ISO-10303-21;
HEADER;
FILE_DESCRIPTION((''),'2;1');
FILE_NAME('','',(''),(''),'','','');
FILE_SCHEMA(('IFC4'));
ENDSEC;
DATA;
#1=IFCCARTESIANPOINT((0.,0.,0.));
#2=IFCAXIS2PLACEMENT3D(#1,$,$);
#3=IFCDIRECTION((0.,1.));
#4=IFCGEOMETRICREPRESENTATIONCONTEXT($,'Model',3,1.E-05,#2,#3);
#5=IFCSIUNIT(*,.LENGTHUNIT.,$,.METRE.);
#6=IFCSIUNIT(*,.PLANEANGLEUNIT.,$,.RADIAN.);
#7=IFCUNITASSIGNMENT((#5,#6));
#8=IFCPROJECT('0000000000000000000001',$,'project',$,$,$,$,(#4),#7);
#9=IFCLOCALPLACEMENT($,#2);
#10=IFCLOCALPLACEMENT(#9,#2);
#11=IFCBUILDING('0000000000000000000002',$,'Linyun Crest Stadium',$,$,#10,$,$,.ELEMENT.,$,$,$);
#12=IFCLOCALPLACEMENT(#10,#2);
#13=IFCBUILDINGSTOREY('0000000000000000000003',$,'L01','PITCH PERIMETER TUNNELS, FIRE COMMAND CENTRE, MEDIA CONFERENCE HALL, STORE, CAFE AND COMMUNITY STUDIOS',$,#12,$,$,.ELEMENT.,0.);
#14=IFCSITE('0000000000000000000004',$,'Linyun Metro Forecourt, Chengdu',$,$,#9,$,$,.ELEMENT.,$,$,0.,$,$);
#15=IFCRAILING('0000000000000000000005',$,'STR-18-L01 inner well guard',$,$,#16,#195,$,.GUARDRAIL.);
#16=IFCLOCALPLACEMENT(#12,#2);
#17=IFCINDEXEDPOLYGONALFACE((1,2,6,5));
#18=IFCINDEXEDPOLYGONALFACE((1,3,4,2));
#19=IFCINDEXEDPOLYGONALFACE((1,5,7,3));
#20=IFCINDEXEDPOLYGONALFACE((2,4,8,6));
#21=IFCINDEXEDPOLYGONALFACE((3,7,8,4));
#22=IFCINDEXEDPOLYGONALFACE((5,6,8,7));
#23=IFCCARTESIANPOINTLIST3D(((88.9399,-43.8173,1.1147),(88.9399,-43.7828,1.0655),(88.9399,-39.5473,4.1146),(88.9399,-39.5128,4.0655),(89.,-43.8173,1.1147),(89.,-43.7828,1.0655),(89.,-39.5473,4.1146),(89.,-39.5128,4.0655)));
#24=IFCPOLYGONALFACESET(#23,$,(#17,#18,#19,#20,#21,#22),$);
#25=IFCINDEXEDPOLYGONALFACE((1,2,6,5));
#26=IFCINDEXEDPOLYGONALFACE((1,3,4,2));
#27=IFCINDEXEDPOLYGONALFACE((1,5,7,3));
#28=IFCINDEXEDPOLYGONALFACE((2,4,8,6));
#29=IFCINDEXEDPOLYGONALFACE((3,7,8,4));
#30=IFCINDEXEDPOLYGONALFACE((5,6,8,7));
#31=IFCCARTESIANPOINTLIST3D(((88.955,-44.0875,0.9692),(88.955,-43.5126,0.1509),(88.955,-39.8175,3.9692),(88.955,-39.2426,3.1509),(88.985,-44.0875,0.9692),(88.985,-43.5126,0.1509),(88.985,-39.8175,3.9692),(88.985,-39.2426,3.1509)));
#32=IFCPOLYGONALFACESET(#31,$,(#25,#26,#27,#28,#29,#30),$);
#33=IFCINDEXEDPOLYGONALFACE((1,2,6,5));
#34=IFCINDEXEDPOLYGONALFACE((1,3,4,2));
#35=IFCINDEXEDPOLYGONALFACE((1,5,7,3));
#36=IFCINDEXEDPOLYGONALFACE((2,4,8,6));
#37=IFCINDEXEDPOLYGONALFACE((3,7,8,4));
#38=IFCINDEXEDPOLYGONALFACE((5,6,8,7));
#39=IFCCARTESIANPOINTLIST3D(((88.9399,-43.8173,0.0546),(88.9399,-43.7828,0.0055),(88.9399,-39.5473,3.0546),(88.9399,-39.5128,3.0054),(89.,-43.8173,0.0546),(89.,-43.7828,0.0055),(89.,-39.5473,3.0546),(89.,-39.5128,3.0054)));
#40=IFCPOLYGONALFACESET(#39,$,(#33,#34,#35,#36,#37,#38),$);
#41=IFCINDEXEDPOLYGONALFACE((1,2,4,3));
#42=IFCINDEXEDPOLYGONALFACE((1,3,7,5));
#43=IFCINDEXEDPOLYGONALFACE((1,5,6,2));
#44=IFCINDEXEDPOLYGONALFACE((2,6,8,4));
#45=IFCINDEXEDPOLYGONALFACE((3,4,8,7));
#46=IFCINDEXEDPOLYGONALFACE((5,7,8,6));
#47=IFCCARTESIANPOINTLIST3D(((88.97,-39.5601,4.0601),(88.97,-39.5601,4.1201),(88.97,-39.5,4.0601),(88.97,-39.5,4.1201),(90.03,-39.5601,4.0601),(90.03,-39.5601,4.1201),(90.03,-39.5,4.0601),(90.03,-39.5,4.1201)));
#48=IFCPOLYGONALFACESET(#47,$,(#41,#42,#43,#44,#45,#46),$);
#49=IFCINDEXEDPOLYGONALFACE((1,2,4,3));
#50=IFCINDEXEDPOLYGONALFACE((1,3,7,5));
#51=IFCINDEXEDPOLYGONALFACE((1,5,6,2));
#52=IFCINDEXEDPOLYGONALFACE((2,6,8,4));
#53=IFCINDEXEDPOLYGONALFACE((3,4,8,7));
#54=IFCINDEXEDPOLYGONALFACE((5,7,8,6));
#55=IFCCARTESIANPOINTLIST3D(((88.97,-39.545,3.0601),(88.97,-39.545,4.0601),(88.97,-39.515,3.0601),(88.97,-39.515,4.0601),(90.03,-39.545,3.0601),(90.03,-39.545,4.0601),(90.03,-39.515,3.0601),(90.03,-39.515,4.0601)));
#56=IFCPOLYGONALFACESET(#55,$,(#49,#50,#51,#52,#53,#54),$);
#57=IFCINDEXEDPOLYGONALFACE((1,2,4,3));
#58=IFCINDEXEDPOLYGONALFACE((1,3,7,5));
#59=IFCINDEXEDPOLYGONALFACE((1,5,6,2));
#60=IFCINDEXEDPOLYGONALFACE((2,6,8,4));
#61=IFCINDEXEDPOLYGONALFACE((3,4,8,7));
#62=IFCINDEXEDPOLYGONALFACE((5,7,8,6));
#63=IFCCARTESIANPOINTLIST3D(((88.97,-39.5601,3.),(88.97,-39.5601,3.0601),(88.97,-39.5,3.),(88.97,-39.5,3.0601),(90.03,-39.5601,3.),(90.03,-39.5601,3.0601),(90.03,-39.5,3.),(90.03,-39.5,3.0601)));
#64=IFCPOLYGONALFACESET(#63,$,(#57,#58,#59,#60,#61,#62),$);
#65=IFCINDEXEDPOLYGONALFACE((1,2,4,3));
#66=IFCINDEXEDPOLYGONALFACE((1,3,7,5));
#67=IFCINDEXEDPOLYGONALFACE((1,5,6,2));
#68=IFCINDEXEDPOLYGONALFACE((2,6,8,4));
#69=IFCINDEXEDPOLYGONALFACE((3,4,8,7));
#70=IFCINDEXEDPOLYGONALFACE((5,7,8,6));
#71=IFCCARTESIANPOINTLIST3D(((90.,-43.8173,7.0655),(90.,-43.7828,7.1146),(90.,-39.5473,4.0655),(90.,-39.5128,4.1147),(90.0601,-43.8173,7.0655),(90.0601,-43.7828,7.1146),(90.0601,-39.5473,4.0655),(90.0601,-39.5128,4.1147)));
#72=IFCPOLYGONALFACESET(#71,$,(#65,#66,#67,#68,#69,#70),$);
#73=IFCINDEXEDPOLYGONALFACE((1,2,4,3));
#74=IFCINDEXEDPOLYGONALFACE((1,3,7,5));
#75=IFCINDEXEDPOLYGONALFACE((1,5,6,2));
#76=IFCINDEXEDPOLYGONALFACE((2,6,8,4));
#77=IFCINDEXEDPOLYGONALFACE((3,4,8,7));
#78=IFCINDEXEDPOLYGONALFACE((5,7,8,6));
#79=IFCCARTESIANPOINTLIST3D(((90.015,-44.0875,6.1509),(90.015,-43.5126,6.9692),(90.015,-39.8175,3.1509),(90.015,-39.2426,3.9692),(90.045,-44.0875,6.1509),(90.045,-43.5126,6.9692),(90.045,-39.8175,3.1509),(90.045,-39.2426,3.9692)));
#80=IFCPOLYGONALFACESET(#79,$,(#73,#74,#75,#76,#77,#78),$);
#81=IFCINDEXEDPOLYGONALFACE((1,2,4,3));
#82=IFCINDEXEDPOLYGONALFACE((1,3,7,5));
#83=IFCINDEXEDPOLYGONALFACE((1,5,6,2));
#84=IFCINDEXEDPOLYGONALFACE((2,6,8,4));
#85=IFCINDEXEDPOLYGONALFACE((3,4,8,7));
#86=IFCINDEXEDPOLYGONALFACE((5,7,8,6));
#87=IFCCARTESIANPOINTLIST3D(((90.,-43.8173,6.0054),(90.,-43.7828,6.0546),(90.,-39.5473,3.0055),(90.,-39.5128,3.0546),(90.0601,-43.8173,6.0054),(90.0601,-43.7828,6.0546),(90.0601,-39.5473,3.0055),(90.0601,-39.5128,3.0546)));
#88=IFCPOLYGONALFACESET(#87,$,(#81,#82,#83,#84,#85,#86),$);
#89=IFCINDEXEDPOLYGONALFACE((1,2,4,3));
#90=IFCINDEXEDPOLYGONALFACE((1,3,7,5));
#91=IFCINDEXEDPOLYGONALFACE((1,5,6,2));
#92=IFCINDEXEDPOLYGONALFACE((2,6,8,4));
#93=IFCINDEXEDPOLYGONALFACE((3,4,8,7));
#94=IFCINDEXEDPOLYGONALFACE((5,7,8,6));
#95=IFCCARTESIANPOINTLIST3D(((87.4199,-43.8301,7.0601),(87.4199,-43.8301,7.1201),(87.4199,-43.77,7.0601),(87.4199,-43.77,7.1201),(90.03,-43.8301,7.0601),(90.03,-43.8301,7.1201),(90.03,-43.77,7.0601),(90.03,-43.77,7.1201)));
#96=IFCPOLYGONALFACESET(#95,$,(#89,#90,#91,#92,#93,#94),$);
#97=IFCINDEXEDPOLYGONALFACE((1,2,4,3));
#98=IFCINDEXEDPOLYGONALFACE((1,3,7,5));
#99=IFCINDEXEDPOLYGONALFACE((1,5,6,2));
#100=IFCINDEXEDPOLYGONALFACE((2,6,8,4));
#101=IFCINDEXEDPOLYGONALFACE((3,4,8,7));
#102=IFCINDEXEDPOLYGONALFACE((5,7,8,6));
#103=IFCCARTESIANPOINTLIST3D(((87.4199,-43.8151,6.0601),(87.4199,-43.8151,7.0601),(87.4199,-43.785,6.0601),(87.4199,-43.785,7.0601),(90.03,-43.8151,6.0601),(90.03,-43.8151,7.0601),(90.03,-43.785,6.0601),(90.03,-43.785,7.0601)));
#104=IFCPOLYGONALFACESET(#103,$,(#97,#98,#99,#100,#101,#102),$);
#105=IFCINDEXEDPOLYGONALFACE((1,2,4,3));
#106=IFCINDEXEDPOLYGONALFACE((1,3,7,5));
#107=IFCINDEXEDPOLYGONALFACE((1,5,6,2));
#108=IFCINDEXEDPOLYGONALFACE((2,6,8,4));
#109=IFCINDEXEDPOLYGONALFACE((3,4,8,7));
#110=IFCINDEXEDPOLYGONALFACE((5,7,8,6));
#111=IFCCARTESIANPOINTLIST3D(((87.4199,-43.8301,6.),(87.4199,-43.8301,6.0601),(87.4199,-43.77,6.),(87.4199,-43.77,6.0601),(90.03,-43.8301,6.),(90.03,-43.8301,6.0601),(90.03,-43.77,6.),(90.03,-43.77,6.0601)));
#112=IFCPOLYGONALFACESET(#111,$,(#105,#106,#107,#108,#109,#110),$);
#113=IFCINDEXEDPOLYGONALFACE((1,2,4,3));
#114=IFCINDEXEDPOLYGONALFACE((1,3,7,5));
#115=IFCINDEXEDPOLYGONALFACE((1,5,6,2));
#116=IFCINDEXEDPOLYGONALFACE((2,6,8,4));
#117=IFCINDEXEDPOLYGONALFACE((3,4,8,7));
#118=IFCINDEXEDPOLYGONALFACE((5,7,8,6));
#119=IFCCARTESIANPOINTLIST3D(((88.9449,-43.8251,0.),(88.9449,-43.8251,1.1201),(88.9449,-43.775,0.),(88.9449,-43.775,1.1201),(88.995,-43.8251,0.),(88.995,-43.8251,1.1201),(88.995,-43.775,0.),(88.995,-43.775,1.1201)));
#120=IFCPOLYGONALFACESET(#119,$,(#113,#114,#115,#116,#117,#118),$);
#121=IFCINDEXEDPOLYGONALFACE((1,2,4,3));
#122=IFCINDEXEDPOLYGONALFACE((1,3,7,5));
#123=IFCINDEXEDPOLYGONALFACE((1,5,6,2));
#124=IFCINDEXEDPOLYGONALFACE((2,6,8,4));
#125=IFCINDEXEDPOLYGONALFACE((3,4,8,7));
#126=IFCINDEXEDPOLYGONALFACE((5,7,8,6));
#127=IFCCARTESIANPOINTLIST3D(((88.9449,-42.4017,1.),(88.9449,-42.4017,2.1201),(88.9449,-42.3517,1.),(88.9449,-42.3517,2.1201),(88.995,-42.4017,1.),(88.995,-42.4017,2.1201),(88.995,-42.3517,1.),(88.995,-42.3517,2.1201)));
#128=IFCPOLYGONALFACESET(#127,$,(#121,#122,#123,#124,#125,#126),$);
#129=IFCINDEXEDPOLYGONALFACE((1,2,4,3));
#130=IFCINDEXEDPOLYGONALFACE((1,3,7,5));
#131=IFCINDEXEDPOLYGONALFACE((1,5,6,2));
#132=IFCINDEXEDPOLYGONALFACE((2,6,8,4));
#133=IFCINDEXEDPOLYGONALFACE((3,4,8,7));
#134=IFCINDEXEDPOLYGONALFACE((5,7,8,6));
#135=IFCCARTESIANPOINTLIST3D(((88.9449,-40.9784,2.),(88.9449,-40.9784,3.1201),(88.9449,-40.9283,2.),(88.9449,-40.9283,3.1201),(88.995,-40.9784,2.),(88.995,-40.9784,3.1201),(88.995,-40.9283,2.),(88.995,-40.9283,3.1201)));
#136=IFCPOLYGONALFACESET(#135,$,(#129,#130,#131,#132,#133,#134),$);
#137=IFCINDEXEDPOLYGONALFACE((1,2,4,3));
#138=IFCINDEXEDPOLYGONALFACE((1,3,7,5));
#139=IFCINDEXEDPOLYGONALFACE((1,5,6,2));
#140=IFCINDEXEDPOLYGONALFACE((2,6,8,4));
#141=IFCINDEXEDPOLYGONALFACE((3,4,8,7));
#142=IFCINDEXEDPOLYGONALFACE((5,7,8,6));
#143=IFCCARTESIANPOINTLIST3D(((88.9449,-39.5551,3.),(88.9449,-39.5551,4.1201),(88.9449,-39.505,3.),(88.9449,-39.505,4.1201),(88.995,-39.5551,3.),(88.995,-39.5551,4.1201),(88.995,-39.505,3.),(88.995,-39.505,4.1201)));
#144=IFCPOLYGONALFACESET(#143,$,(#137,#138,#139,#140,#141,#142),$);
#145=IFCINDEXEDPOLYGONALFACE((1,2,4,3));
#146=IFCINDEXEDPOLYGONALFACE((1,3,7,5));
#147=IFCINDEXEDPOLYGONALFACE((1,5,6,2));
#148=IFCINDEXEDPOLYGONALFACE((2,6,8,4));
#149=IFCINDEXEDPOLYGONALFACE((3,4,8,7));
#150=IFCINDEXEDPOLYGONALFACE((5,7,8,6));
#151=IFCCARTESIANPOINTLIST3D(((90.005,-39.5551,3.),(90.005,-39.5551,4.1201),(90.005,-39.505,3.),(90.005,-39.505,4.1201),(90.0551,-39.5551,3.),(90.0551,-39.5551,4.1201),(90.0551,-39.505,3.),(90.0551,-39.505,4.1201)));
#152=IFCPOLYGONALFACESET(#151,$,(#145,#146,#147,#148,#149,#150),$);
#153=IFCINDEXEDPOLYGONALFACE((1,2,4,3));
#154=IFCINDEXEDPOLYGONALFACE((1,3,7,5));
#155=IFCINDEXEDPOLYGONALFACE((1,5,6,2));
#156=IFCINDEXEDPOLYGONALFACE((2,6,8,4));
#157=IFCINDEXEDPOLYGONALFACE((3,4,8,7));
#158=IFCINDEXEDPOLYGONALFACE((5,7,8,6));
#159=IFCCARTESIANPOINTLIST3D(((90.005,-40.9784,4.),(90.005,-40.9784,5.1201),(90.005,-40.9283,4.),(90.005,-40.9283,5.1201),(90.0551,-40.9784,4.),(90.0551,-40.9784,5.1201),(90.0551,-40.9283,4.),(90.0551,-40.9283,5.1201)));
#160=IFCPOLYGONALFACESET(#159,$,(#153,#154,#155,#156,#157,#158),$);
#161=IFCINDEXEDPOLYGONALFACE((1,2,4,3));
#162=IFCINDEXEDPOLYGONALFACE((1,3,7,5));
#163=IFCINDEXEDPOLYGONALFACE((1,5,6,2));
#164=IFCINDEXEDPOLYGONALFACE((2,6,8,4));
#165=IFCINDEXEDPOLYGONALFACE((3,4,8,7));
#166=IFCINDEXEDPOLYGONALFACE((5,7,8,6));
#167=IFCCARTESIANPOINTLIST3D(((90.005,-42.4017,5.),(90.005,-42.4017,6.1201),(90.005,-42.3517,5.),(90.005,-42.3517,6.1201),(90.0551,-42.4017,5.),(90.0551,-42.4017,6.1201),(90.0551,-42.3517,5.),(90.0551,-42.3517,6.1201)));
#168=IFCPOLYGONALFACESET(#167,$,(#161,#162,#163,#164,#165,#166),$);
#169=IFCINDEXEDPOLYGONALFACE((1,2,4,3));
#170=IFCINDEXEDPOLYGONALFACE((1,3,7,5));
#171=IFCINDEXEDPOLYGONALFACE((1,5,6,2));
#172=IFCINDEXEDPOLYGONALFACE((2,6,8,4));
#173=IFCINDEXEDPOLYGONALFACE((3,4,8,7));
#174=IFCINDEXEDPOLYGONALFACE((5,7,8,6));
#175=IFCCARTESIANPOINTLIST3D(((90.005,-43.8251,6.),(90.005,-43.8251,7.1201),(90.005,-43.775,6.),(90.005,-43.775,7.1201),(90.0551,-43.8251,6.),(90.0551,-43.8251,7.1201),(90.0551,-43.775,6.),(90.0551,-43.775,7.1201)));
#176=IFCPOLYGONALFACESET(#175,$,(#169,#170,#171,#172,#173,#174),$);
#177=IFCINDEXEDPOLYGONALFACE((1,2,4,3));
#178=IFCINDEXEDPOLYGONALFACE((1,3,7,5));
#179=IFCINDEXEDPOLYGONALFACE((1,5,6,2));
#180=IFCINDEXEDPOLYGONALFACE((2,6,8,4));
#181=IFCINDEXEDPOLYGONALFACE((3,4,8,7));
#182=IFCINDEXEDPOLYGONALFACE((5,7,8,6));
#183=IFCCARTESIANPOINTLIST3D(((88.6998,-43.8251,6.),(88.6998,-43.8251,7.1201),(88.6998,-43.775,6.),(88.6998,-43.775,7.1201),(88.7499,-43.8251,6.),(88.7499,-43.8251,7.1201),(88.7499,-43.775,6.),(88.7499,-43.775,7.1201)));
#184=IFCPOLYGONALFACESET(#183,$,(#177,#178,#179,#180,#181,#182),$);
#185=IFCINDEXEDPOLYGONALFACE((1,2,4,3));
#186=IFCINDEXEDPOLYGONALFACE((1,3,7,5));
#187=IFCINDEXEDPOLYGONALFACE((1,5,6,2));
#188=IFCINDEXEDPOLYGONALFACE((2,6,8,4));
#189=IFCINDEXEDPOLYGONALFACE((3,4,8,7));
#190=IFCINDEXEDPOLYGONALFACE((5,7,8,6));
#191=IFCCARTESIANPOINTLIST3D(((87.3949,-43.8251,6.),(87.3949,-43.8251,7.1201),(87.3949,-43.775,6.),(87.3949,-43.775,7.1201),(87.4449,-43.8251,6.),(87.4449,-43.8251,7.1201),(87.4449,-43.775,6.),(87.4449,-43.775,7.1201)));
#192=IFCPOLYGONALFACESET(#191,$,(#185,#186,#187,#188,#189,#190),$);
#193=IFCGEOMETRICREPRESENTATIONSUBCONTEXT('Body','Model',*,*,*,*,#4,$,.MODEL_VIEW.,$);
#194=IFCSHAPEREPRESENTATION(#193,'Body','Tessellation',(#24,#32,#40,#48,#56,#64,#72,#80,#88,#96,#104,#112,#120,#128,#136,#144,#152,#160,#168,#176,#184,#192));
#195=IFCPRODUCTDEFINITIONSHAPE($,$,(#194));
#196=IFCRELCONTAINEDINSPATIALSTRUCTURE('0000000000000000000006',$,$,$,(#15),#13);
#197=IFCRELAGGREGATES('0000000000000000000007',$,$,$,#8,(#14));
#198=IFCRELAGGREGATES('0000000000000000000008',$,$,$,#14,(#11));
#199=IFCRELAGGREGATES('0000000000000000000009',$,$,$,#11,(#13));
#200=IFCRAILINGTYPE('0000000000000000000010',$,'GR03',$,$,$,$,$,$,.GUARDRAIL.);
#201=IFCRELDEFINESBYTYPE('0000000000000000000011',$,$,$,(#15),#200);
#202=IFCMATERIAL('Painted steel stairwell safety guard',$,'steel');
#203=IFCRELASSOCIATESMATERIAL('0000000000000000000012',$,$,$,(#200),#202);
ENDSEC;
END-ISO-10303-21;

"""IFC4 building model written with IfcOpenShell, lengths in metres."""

from ifc_helpers import new_model, si_unit, direction, frame, origin, origin_2d, place, context, subcontext, project, spatial, rectangle, extrude, material, type_object, element, save


model = new_model("IFC4")

# Units and contexts
model_context = context("Model", 3, precision=1e-05, world=origin(), true_north=direction((0.0, 1.0)))
body_context = subcontext(model_context, "Body", "Model", "MODEL_VIEW")
ifc_project = project(units=[si_unit("LENGTHUNIT", "METRE"), si_unit("PLANEANGLEUNIT", "RADIAN")], contexts=[model_context])

# Site, building, storey
site_placement = place(None, origin())
site = spatial("IfcSite", under=ifc_project, at=site_placement, Name="Linyun Metro Forecourt, Chengdu", CompositionType="ELEMENT", RefElevation=0.0)
building_placement = place(site_placement, origin())
building = spatial("IfcBuilding", under=site, at=building_placement, Name="Linyun Crest Stadium", CompositionType="ELEMENT")
storey_placement = place(building_placement, origin())
storey = spatial("IfcBuildingStorey", under=building, at=storey_placement, Name="L01", Description="PITCH PERIMETER TUNNELS, FIRE COMMAND CENTRE, MEDIA CONFERENCE HALL, STORE, CAFE AND COMMUNITY STUDIOS", CompositionType="ELEMENT", Elevation=0.0)

# Railing
ifc_material_1 = material(Name="Painted steel stairwell safety guard", Category="steel")
railing_type_1 = type_object("IfcRailingType", Name="GR03", PredefinedType="GUARDRAIL", material=ifc_material_1)
railing_1_placement = place(storey_placement, frame((88.97, -43.8, 0.0)))
element("IfcRailing", 1, at=railing_1_placement, inside=storey, type_object=railing_type_1, Name="STR-18-L01 inner well guard", PredefinedType="GUARDRAIL", context=body_context, shape_type="SweptSolid", body=[
    extrude(rectangle(XDim=0.0601, YDim=0.0601, at=origin_2d()), frame((0.0, 0.0, 1.0901), z_axis=(0.0, 0.818242, 0.574874), x_axis=(-1.0, 0.0, 0.0)), (0.0, 0.0, 1.0), 5.2185),
    extrude(rectangle(XDim=0.03, YDim=1.0, at=origin_2d()), frame((0.0, 0.0, 0.5601), z_axis=(0.0, 0.818242, 0.574874), x_axis=(-1.0, 0.0, 0.0)), (0.0, 0.0, 1.0), 5.2185),
    extrude(rectangle(XDim=0.0601, YDim=0.0601, at=origin_2d()), frame((0.0, 0.0, 0.03), z_axis=(0.0, 0.818242, 0.574874), x_axis=(-1.0, 0.0, 0.0)), (0.0, 0.0, 1.0), 5.2185),
    extrude(rectangle(XDim=0.0601, YDim=0.0601, at=origin_2d()), frame((0.0, 4.27, 4.0901), z_axis=(1.0, 0.0, 0.0), x_axis=(0.0, 1.0, 0.0)), (0.0, 0.0, 1.0), 1.0601),
    extrude(rectangle(XDim=0.03, YDim=1.0, at=origin_2d()), frame((0.0, 4.27, 3.5601), z_axis=(1.0, 0.0, 0.0), x_axis=(0.0, 1.0, 0.0)), (0.0, 0.0, 1.0), 1.0601),
    extrude(rectangle(XDim=0.0601, YDim=0.0601, at=origin_2d()), frame((0.0, 4.27, 3.03), z_axis=(1.0, 0.0, 0.0), x_axis=(0.0, 1.0, 0.0)), (0.0, 0.0, 1.0), 1.0601),
    extrude(rectangle(XDim=0.0601, YDim=0.0601, at=origin_2d()), frame((1.0601, 4.27, 4.0901), z_axis=(0.0, -0.818242, 0.574874), x_axis=(1.0, 0.0, 0.0)), (0.0, 0.0, 1.0), 5.2185),
    extrude(rectangle(XDim=0.03, YDim=1.0, at=origin_2d()), frame((1.0601, 4.27, 3.5601), z_axis=(0.0, -0.818242, 0.574874), x_axis=(1.0, 0.0, 0.0)), (0.0, 0.0, 1.0), 5.2185),
    extrude(rectangle(XDim=0.0601, YDim=0.0601, at=origin_2d()), frame((1.0601, 4.27, 3.03), z_axis=(0.0, -0.818242, 0.574874), x_axis=(1.0, 0.0, 0.0)), (0.0, 0.0, 1.0), 5.2185),
    extrude(rectangle(XDim=0.0601, YDim=0.0601, at=origin_2d()), frame((1.0601, 0.0, 7.0901), z_axis=(-1.0, 0.0, 0.0), x_axis=(0.0, -1.0, 0.0)), (0.0, 0.0, 1.0), 2.6101),
    extrude(rectangle(XDim=0.03, YDim=1.0, at=origin_2d()), frame((1.0601, 0.0, 6.5601), z_axis=(-1.0, 0.0, 0.0), x_axis=(0.0, -1.0, 0.0)), (0.0, 0.0, 1.0), 2.6101),
    extrude(rectangle(XDim=0.0601, YDim=0.0601, at=origin_2d()), frame((1.0601, 0.0, 6.03), z_axis=(-1.0, 0.0, 0.0), x_axis=(0.0, -1.0, 0.0)), (0.0, 0.0, 1.0), 2.6101),
    extrude(rectangle(XDim=0.05, YDim=0.05, at=origin_2d()), origin(), (0.0, 0.0, 1.0), 1.1201),
    extrude(rectangle(XDim=0.05, YDim=0.05, at=origin_2d()), frame((0.0, 1.4233, 1.0)), (0.0, 0.0, 1.0), 1.1201),
    extrude(rectangle(XDim=0.05, YDim=0.05, at=origin_2d()), frame((0.0, 2.8467, 2.0)), (0.0, 0.0, 1.0), 1.1201),
    extrude(rectangle(XDim=0.05, YDim=0.05, at=origin_2d()), frame((0.0, 4.27, 3.0)), (0.0, 0.0, 1.0), 1.1201),
    extrude(rectangle(XDim=0.05, YDim=0.05, at=origin_2d()), frame((1.0601, 4.27, 3.0)), (0.0, 0.0, 1.0), 1.1201),
    extrude(rectangle(XDim=0.05, YDim=0.05, at=origin_2d()), frame((1.0601, 2.8467, 4.0)), (0.0, 0.0, 1.0), 1.1201),
    extrude(rectangle(XDim=0.05, YDim=0.05, at=origin_2d()), frame((1.0601, 1.4233, 5.0)), (0.0, 0.0, 1.0), 1.1201),
    extrude(rectangle(XDim=0.05, YDim=0.05, at=origin_2d()), frame((1.0601, 0.0, 6.0)), (0.0, 0.0, 1.0), 1.1201),
    extrude(rectangle(XDim=0.05, YDim=0.05, at=origin_2d()), frame((-0.2451, 0.0, 6.0)), (0.0, 0.0, 1.0), 1.1201),
    extrude(rectangle(XDim=0.05, YDim=0.05, at=origin_2d()), frame((-1.55, 0.0, 6.0)), (0.0, 0.0, 1.0), 1.1201),
])

save(model, "model.ifc")
